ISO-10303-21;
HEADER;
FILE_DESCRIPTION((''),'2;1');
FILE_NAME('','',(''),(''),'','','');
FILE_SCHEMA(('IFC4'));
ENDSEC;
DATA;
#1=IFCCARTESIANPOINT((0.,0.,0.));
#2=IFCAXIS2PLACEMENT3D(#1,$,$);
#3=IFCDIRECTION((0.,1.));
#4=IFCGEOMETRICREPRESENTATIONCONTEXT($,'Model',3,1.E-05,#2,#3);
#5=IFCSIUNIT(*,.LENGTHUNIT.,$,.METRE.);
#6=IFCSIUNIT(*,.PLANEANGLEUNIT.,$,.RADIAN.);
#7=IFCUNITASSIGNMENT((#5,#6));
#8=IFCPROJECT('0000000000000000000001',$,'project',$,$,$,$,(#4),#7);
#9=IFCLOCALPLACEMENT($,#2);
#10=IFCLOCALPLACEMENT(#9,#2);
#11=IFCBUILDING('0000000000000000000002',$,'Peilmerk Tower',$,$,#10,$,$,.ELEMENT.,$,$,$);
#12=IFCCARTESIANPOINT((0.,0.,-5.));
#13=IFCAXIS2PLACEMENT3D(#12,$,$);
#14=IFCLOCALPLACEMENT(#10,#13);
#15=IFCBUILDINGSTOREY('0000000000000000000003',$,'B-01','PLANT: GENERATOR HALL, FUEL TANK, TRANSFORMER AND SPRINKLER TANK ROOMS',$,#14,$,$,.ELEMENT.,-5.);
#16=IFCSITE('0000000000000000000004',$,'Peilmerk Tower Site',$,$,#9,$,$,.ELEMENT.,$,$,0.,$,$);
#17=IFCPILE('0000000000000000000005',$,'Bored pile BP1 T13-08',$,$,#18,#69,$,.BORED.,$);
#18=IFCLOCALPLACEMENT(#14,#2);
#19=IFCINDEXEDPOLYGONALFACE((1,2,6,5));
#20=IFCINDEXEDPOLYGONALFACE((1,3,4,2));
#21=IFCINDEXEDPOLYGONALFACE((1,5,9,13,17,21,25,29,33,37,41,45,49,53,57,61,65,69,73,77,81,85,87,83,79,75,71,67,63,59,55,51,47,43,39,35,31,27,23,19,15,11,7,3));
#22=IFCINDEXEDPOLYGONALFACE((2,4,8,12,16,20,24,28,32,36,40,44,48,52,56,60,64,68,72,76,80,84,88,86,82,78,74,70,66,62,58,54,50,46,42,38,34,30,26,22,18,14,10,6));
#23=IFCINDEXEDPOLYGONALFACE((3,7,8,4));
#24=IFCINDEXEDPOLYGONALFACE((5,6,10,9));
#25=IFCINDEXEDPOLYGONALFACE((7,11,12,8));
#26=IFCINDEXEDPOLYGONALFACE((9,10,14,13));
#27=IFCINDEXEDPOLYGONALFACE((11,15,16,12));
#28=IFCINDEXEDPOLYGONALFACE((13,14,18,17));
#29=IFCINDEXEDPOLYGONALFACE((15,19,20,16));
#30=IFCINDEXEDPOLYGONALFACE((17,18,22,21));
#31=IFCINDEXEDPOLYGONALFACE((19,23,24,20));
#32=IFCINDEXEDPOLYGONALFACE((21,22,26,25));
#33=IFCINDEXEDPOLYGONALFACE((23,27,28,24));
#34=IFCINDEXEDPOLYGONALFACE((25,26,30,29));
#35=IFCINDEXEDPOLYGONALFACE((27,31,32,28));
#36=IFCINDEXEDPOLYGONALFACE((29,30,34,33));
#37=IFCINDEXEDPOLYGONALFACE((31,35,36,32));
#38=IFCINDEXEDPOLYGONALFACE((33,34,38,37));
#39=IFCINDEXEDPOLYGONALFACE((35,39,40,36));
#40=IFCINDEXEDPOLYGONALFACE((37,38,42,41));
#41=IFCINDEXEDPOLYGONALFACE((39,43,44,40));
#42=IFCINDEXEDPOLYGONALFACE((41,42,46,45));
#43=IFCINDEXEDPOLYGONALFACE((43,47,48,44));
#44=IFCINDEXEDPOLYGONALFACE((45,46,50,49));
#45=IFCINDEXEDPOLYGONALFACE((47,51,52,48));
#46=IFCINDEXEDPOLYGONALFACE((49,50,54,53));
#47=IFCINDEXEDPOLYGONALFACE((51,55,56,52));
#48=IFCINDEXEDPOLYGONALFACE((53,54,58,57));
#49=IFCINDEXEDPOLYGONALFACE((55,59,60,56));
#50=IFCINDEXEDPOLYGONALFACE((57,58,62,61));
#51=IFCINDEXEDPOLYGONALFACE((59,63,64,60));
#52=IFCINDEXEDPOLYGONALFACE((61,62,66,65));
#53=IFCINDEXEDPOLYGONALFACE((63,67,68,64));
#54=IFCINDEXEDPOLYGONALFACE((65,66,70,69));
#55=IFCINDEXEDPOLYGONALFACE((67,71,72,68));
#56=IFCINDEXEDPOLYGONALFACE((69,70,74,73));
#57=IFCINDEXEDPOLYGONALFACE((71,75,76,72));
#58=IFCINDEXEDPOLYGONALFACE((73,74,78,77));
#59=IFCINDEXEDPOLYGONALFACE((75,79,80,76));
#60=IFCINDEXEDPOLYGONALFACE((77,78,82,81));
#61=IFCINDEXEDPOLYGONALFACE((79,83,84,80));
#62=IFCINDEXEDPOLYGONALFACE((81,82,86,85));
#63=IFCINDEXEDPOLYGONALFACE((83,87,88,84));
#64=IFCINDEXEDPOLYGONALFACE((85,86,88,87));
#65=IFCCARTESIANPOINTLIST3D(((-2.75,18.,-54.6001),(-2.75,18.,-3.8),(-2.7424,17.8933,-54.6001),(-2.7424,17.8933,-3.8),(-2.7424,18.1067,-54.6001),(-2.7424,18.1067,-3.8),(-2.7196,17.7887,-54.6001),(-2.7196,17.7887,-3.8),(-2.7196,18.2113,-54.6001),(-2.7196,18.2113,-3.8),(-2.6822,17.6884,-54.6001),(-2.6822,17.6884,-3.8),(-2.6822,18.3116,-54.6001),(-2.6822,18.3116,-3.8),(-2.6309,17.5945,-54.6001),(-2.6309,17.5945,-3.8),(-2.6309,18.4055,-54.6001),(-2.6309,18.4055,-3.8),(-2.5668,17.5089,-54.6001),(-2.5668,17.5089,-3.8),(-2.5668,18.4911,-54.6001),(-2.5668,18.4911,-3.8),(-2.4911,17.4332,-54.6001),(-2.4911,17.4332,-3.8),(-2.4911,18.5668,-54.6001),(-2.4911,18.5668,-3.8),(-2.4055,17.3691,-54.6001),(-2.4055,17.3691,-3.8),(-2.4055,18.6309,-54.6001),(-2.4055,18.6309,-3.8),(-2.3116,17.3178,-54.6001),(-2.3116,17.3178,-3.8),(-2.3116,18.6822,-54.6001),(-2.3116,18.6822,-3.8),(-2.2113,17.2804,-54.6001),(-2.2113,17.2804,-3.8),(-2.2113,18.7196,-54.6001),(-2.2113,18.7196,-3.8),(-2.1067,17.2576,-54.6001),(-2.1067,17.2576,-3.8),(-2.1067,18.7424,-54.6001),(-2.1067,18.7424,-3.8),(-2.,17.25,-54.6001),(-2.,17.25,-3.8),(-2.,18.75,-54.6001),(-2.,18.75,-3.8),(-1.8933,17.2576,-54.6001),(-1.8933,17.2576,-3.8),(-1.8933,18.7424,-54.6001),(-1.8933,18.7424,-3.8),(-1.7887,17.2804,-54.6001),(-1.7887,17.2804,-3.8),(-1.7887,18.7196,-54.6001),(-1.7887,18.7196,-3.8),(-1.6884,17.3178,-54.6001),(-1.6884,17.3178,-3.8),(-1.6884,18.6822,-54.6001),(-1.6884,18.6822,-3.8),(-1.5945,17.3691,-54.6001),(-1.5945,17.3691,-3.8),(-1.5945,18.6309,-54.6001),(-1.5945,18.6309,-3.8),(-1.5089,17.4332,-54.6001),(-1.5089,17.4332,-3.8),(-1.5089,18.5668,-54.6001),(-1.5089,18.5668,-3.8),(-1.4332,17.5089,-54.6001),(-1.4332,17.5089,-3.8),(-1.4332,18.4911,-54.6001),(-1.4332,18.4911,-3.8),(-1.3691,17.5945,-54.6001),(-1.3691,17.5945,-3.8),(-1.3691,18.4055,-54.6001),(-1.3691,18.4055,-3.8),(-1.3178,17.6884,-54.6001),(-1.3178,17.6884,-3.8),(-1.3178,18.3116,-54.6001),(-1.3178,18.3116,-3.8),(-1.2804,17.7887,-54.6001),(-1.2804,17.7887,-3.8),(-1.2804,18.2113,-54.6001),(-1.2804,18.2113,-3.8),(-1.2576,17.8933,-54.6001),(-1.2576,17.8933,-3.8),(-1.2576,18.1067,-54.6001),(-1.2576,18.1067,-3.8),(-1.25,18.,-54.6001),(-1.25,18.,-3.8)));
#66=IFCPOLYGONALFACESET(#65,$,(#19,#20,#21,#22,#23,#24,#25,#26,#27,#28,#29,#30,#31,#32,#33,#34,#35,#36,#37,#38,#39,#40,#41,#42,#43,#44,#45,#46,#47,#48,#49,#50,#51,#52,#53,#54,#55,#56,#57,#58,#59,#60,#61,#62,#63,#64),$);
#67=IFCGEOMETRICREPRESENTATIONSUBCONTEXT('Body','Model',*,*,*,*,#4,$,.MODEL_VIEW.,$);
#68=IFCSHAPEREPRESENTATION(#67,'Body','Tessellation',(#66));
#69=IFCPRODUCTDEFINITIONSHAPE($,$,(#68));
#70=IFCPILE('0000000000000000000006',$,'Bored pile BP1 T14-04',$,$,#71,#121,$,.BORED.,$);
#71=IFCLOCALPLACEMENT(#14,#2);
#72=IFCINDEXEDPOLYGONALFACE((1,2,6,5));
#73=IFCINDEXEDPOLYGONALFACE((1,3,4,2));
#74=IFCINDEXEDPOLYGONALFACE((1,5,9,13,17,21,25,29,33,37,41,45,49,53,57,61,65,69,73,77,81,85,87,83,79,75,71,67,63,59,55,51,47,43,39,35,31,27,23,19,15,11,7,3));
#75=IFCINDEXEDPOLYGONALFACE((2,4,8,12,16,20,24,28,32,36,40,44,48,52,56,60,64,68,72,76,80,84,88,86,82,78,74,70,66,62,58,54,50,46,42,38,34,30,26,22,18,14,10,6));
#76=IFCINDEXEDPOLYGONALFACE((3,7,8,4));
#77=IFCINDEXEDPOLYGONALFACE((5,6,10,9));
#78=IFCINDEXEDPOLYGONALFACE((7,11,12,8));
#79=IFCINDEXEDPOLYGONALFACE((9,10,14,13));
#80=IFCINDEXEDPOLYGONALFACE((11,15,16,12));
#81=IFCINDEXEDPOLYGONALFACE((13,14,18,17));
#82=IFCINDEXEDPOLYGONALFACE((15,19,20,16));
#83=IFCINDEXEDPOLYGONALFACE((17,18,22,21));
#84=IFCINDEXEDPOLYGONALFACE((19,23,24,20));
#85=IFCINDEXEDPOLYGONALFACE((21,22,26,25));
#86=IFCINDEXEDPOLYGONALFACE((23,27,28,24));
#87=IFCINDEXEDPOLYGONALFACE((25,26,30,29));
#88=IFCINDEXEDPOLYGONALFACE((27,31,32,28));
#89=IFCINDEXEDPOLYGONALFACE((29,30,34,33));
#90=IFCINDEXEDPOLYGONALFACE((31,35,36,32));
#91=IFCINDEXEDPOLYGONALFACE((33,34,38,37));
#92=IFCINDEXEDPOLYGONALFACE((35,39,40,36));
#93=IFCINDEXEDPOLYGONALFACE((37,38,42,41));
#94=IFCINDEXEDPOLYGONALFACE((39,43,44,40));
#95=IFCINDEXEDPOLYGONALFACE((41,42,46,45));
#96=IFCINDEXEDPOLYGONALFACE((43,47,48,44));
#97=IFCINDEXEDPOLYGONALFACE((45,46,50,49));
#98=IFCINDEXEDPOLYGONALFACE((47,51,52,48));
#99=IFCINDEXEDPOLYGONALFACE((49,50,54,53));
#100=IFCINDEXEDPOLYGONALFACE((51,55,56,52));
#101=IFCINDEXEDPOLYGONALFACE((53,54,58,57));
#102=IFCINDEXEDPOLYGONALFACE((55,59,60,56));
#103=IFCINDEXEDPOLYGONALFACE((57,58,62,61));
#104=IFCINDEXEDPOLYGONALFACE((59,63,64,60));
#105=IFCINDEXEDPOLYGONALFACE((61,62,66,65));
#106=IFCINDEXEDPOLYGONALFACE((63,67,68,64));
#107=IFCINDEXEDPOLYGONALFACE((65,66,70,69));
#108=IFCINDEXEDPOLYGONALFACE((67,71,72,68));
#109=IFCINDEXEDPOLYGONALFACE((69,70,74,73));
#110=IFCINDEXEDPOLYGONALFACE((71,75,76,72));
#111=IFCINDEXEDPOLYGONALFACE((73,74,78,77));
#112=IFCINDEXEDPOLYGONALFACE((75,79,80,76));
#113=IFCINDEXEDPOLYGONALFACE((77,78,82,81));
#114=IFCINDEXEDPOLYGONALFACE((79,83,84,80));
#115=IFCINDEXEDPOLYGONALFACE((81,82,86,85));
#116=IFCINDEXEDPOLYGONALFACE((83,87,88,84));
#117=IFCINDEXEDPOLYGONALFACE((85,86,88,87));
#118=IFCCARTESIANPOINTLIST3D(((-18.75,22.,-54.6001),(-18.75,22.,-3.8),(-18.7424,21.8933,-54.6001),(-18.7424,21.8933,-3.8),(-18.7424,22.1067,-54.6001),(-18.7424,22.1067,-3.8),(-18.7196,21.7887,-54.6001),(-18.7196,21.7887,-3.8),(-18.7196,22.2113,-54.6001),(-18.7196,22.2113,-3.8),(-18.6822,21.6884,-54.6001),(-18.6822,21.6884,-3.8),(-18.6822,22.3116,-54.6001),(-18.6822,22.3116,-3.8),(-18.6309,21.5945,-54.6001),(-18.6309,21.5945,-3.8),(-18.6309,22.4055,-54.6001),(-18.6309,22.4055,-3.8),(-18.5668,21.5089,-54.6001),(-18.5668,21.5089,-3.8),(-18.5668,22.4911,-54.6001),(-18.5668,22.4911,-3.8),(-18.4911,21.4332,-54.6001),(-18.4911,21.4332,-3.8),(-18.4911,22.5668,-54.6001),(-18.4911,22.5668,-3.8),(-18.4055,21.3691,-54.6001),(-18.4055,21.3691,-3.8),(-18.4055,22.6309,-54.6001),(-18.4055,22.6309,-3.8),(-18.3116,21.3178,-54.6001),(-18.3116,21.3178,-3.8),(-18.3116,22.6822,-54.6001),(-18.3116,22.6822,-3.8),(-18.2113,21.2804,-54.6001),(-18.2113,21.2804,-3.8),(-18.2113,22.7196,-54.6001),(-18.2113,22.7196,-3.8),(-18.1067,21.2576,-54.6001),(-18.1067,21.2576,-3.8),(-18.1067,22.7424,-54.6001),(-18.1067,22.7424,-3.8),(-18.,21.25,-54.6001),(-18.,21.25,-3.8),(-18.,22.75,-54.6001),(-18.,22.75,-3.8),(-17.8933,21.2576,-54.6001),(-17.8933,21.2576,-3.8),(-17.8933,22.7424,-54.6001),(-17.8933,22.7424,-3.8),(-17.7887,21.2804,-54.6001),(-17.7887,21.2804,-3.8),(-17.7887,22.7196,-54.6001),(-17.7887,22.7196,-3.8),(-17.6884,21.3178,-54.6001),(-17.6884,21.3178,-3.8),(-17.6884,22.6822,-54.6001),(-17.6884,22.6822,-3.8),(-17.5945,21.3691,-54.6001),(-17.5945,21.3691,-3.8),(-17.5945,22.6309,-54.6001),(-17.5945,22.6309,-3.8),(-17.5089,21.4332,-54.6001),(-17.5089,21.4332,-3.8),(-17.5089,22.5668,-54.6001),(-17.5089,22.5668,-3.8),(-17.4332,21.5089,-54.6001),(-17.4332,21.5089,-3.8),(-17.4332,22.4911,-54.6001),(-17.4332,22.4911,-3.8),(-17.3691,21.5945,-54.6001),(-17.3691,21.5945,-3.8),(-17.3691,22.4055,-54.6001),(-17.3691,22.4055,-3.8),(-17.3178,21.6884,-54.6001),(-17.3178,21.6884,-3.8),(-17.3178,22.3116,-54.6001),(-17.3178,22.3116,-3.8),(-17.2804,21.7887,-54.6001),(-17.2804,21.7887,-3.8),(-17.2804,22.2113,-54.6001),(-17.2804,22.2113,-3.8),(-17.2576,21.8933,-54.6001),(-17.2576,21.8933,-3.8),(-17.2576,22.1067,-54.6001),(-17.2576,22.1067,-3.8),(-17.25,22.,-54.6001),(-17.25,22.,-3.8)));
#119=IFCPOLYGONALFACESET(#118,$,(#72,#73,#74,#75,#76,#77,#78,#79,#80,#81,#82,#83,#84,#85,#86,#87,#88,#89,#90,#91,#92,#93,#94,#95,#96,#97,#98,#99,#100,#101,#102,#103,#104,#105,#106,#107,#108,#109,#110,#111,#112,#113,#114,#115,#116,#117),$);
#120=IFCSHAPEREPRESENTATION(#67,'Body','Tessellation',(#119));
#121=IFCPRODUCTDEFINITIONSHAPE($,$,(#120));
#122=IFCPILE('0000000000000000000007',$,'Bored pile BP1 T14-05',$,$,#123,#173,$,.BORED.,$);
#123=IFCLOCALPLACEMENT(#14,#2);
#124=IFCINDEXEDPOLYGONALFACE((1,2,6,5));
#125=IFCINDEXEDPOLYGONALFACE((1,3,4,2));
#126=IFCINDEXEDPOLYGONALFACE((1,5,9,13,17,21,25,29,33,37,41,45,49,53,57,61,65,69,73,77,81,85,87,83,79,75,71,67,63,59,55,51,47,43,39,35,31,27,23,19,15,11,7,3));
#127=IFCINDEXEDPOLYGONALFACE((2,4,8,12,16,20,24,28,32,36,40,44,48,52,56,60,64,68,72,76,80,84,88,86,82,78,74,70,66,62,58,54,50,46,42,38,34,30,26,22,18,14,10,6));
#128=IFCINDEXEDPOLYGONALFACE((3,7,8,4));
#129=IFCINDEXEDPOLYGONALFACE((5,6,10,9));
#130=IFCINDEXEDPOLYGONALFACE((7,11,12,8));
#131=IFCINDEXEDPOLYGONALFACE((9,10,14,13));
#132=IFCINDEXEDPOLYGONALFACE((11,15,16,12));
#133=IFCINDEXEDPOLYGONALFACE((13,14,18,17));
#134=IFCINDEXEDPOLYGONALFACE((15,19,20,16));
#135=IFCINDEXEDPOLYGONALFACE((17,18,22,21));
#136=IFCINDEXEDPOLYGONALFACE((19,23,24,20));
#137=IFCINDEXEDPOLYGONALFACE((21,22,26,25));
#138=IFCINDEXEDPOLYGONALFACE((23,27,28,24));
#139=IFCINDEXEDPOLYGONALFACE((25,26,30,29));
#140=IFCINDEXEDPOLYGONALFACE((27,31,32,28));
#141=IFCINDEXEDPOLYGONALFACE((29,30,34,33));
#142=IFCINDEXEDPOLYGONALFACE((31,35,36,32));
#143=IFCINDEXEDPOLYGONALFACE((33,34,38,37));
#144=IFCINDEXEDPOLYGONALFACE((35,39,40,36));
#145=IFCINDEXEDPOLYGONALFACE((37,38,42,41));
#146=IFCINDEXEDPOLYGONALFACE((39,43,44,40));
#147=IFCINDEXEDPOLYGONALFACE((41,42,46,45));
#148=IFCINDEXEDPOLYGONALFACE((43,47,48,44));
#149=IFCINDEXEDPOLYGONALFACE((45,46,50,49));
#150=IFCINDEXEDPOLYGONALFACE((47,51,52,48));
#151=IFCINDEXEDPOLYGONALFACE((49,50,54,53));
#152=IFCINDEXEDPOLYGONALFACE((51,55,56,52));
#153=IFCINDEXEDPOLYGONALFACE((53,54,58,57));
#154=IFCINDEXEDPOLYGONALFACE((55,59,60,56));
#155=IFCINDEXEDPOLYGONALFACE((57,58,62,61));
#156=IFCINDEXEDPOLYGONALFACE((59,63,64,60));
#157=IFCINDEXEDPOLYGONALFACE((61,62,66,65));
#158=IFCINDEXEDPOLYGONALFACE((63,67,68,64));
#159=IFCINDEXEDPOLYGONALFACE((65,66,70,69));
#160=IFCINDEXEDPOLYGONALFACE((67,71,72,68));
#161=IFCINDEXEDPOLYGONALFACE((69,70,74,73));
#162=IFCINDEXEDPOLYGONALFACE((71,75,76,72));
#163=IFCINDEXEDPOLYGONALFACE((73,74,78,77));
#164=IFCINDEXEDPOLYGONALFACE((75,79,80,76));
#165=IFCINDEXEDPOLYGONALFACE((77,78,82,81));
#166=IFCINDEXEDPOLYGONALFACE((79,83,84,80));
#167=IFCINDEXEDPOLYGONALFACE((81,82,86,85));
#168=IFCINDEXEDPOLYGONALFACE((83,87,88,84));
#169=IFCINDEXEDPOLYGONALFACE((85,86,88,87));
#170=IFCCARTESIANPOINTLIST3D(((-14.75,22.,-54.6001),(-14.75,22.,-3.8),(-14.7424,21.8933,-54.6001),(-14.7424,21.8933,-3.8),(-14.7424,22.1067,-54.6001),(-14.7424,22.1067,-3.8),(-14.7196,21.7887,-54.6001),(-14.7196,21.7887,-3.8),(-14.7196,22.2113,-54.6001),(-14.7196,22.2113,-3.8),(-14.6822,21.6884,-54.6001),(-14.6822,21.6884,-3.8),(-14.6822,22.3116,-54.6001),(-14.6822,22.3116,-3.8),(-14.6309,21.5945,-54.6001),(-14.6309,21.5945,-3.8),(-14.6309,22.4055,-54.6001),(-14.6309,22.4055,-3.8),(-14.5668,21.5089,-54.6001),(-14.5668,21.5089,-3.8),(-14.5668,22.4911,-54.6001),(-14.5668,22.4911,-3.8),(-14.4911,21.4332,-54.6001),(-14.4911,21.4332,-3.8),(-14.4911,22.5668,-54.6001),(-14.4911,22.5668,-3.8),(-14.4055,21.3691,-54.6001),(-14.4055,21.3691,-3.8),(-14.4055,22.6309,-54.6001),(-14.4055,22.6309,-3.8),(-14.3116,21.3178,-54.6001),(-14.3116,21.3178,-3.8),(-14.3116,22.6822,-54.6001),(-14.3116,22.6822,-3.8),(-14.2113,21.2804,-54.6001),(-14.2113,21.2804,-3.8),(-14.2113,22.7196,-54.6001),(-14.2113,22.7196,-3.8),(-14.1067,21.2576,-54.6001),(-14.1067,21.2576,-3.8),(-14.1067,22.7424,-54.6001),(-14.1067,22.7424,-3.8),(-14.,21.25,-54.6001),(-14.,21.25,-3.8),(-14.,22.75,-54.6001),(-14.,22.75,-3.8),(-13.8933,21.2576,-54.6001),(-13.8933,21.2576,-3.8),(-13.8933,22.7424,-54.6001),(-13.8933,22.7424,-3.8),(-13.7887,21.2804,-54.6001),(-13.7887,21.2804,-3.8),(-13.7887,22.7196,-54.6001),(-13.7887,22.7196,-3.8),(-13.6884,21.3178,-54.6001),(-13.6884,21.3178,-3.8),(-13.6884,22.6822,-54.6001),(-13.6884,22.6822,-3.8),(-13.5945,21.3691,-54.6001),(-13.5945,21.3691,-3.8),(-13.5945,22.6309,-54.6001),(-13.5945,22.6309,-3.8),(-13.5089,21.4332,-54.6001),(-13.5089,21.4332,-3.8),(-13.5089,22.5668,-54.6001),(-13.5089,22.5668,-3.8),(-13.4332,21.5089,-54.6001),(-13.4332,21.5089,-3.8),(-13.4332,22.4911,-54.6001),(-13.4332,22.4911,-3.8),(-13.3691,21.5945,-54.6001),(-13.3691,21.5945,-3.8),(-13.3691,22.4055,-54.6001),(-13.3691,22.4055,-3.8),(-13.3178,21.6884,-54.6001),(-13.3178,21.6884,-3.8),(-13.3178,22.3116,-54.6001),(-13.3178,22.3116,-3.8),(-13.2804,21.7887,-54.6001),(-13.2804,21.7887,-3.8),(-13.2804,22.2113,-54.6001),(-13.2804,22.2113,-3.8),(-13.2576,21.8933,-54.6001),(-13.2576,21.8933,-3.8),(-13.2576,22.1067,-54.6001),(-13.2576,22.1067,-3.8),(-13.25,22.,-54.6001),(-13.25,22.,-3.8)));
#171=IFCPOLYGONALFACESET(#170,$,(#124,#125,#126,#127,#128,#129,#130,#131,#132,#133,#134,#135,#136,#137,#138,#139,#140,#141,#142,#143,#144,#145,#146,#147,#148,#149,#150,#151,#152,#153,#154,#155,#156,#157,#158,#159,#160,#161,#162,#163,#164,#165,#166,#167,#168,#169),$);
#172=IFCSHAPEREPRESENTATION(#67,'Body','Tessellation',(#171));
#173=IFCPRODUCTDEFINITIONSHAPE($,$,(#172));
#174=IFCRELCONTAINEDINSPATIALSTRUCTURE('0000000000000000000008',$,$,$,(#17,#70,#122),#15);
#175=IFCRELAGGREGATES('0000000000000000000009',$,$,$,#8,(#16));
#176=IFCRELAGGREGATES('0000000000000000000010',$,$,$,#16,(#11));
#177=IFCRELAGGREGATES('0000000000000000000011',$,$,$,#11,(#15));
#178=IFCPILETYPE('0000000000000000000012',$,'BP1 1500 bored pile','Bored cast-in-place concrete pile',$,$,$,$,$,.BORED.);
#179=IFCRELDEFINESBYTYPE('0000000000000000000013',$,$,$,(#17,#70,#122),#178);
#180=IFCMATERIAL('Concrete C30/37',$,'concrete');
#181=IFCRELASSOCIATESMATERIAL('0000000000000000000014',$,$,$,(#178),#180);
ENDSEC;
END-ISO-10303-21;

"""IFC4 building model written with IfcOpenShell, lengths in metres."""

from ifc_helpers import new_model, si_unit, direction, frame, origin, origin_2d, place, context, subcontext, project, spatial, circle, extrude, material, material_profile, profile_set, type_object, element, save


model = new_model("IFC4")

# Units and contexts
model_context = context("Model", 3, precision=1e-05, world=origin(), true_north=direction((0.0, 1.0)))
body_context = subcontext(model_context, "Body", "Model", "MODEL_VIEW")
ifc_project = project(units=[si_unit("LENGTHUNIT", "METRE"), si_unit("PLANEANGLEUNIT", "RADIAN")], contexts=[model_context])

# Site, building, storey
site_placement = place(None, origin())
site = spatial("IfcSite", under=ifc_project, at=site_placement, Name="Peilmerk Tower Site", CompositionType="ELEMENT", RefElevation=0.0)
building_placement = place(site_placement, origin())
building = spatial("IfcBuilding", under=site, at=building_placement, Name="Peilmerk Tower", CompositionType="ELEMENT")
storey_placement = place(building_placement, frame((0.0, 0.0, -5.0)))
storey = spatial("IfcBuildingStorey", under=building, at=storey_placement, Name="B-01", Description="PLANT: GENERATOR HALL, FUEL TANK, TRANSFORMER AND SPRINKLER TANK ROOMS", CompositionType="ELEMENT", Elevation=-5.0)

# Piles
ifc_material_1 = material(Name="Concrete C30/37", Category="concrete")
ifc_material_profile_1 = material_profile(ifc_material_1, circle(Radius=0.75, at=origin_2d()), Name="BP 1500")
ifc_profile_set_1 = profile_set([ifc_material_profile_1], Name="Concrete C30/37")
pile_type = type_object("IfcPileType", Name="BP1 1500 bored pile", Description="Bored cast-in-place concrete pile", PredefinedType="BORED", material=ifc_profile_set_1)
for number, where, z_axis, x_axis, name in (
    (1, (-2.0, 18.0, -3.8), (0.0, 0.0, -1.0), (1.0, 0.0, 0.0), "Bored pile BP1 T13-08"),
    (2, (-18.0, 22.0, -3.8), (0.0, 0.0, -1.0), (1.0, 0.0, 0.0), "Bored pile BP1 T14-04"),
    (3, (-14.0, 22.0, -3.8), (0.0, 0.0, -1.0), (1.0, 0.0, 0.0), "Bored pile BP1 T14-05"),
):
    element("IfcPile", number, at=place(storey_placement, frame(where, z_axis=z_axis, x_axis=x_axis)), inside=storey, type_object=pile_type, Name=name, PredefinedType="BORED", context=body_context, shape_type="SweptSolid", body=[
        extrude(circle(Radius=0.75, at=origin_2d()), origin(), (0.0, 0.0, 1.0), 50.8),
    ])

save(model, "model.ifc")
